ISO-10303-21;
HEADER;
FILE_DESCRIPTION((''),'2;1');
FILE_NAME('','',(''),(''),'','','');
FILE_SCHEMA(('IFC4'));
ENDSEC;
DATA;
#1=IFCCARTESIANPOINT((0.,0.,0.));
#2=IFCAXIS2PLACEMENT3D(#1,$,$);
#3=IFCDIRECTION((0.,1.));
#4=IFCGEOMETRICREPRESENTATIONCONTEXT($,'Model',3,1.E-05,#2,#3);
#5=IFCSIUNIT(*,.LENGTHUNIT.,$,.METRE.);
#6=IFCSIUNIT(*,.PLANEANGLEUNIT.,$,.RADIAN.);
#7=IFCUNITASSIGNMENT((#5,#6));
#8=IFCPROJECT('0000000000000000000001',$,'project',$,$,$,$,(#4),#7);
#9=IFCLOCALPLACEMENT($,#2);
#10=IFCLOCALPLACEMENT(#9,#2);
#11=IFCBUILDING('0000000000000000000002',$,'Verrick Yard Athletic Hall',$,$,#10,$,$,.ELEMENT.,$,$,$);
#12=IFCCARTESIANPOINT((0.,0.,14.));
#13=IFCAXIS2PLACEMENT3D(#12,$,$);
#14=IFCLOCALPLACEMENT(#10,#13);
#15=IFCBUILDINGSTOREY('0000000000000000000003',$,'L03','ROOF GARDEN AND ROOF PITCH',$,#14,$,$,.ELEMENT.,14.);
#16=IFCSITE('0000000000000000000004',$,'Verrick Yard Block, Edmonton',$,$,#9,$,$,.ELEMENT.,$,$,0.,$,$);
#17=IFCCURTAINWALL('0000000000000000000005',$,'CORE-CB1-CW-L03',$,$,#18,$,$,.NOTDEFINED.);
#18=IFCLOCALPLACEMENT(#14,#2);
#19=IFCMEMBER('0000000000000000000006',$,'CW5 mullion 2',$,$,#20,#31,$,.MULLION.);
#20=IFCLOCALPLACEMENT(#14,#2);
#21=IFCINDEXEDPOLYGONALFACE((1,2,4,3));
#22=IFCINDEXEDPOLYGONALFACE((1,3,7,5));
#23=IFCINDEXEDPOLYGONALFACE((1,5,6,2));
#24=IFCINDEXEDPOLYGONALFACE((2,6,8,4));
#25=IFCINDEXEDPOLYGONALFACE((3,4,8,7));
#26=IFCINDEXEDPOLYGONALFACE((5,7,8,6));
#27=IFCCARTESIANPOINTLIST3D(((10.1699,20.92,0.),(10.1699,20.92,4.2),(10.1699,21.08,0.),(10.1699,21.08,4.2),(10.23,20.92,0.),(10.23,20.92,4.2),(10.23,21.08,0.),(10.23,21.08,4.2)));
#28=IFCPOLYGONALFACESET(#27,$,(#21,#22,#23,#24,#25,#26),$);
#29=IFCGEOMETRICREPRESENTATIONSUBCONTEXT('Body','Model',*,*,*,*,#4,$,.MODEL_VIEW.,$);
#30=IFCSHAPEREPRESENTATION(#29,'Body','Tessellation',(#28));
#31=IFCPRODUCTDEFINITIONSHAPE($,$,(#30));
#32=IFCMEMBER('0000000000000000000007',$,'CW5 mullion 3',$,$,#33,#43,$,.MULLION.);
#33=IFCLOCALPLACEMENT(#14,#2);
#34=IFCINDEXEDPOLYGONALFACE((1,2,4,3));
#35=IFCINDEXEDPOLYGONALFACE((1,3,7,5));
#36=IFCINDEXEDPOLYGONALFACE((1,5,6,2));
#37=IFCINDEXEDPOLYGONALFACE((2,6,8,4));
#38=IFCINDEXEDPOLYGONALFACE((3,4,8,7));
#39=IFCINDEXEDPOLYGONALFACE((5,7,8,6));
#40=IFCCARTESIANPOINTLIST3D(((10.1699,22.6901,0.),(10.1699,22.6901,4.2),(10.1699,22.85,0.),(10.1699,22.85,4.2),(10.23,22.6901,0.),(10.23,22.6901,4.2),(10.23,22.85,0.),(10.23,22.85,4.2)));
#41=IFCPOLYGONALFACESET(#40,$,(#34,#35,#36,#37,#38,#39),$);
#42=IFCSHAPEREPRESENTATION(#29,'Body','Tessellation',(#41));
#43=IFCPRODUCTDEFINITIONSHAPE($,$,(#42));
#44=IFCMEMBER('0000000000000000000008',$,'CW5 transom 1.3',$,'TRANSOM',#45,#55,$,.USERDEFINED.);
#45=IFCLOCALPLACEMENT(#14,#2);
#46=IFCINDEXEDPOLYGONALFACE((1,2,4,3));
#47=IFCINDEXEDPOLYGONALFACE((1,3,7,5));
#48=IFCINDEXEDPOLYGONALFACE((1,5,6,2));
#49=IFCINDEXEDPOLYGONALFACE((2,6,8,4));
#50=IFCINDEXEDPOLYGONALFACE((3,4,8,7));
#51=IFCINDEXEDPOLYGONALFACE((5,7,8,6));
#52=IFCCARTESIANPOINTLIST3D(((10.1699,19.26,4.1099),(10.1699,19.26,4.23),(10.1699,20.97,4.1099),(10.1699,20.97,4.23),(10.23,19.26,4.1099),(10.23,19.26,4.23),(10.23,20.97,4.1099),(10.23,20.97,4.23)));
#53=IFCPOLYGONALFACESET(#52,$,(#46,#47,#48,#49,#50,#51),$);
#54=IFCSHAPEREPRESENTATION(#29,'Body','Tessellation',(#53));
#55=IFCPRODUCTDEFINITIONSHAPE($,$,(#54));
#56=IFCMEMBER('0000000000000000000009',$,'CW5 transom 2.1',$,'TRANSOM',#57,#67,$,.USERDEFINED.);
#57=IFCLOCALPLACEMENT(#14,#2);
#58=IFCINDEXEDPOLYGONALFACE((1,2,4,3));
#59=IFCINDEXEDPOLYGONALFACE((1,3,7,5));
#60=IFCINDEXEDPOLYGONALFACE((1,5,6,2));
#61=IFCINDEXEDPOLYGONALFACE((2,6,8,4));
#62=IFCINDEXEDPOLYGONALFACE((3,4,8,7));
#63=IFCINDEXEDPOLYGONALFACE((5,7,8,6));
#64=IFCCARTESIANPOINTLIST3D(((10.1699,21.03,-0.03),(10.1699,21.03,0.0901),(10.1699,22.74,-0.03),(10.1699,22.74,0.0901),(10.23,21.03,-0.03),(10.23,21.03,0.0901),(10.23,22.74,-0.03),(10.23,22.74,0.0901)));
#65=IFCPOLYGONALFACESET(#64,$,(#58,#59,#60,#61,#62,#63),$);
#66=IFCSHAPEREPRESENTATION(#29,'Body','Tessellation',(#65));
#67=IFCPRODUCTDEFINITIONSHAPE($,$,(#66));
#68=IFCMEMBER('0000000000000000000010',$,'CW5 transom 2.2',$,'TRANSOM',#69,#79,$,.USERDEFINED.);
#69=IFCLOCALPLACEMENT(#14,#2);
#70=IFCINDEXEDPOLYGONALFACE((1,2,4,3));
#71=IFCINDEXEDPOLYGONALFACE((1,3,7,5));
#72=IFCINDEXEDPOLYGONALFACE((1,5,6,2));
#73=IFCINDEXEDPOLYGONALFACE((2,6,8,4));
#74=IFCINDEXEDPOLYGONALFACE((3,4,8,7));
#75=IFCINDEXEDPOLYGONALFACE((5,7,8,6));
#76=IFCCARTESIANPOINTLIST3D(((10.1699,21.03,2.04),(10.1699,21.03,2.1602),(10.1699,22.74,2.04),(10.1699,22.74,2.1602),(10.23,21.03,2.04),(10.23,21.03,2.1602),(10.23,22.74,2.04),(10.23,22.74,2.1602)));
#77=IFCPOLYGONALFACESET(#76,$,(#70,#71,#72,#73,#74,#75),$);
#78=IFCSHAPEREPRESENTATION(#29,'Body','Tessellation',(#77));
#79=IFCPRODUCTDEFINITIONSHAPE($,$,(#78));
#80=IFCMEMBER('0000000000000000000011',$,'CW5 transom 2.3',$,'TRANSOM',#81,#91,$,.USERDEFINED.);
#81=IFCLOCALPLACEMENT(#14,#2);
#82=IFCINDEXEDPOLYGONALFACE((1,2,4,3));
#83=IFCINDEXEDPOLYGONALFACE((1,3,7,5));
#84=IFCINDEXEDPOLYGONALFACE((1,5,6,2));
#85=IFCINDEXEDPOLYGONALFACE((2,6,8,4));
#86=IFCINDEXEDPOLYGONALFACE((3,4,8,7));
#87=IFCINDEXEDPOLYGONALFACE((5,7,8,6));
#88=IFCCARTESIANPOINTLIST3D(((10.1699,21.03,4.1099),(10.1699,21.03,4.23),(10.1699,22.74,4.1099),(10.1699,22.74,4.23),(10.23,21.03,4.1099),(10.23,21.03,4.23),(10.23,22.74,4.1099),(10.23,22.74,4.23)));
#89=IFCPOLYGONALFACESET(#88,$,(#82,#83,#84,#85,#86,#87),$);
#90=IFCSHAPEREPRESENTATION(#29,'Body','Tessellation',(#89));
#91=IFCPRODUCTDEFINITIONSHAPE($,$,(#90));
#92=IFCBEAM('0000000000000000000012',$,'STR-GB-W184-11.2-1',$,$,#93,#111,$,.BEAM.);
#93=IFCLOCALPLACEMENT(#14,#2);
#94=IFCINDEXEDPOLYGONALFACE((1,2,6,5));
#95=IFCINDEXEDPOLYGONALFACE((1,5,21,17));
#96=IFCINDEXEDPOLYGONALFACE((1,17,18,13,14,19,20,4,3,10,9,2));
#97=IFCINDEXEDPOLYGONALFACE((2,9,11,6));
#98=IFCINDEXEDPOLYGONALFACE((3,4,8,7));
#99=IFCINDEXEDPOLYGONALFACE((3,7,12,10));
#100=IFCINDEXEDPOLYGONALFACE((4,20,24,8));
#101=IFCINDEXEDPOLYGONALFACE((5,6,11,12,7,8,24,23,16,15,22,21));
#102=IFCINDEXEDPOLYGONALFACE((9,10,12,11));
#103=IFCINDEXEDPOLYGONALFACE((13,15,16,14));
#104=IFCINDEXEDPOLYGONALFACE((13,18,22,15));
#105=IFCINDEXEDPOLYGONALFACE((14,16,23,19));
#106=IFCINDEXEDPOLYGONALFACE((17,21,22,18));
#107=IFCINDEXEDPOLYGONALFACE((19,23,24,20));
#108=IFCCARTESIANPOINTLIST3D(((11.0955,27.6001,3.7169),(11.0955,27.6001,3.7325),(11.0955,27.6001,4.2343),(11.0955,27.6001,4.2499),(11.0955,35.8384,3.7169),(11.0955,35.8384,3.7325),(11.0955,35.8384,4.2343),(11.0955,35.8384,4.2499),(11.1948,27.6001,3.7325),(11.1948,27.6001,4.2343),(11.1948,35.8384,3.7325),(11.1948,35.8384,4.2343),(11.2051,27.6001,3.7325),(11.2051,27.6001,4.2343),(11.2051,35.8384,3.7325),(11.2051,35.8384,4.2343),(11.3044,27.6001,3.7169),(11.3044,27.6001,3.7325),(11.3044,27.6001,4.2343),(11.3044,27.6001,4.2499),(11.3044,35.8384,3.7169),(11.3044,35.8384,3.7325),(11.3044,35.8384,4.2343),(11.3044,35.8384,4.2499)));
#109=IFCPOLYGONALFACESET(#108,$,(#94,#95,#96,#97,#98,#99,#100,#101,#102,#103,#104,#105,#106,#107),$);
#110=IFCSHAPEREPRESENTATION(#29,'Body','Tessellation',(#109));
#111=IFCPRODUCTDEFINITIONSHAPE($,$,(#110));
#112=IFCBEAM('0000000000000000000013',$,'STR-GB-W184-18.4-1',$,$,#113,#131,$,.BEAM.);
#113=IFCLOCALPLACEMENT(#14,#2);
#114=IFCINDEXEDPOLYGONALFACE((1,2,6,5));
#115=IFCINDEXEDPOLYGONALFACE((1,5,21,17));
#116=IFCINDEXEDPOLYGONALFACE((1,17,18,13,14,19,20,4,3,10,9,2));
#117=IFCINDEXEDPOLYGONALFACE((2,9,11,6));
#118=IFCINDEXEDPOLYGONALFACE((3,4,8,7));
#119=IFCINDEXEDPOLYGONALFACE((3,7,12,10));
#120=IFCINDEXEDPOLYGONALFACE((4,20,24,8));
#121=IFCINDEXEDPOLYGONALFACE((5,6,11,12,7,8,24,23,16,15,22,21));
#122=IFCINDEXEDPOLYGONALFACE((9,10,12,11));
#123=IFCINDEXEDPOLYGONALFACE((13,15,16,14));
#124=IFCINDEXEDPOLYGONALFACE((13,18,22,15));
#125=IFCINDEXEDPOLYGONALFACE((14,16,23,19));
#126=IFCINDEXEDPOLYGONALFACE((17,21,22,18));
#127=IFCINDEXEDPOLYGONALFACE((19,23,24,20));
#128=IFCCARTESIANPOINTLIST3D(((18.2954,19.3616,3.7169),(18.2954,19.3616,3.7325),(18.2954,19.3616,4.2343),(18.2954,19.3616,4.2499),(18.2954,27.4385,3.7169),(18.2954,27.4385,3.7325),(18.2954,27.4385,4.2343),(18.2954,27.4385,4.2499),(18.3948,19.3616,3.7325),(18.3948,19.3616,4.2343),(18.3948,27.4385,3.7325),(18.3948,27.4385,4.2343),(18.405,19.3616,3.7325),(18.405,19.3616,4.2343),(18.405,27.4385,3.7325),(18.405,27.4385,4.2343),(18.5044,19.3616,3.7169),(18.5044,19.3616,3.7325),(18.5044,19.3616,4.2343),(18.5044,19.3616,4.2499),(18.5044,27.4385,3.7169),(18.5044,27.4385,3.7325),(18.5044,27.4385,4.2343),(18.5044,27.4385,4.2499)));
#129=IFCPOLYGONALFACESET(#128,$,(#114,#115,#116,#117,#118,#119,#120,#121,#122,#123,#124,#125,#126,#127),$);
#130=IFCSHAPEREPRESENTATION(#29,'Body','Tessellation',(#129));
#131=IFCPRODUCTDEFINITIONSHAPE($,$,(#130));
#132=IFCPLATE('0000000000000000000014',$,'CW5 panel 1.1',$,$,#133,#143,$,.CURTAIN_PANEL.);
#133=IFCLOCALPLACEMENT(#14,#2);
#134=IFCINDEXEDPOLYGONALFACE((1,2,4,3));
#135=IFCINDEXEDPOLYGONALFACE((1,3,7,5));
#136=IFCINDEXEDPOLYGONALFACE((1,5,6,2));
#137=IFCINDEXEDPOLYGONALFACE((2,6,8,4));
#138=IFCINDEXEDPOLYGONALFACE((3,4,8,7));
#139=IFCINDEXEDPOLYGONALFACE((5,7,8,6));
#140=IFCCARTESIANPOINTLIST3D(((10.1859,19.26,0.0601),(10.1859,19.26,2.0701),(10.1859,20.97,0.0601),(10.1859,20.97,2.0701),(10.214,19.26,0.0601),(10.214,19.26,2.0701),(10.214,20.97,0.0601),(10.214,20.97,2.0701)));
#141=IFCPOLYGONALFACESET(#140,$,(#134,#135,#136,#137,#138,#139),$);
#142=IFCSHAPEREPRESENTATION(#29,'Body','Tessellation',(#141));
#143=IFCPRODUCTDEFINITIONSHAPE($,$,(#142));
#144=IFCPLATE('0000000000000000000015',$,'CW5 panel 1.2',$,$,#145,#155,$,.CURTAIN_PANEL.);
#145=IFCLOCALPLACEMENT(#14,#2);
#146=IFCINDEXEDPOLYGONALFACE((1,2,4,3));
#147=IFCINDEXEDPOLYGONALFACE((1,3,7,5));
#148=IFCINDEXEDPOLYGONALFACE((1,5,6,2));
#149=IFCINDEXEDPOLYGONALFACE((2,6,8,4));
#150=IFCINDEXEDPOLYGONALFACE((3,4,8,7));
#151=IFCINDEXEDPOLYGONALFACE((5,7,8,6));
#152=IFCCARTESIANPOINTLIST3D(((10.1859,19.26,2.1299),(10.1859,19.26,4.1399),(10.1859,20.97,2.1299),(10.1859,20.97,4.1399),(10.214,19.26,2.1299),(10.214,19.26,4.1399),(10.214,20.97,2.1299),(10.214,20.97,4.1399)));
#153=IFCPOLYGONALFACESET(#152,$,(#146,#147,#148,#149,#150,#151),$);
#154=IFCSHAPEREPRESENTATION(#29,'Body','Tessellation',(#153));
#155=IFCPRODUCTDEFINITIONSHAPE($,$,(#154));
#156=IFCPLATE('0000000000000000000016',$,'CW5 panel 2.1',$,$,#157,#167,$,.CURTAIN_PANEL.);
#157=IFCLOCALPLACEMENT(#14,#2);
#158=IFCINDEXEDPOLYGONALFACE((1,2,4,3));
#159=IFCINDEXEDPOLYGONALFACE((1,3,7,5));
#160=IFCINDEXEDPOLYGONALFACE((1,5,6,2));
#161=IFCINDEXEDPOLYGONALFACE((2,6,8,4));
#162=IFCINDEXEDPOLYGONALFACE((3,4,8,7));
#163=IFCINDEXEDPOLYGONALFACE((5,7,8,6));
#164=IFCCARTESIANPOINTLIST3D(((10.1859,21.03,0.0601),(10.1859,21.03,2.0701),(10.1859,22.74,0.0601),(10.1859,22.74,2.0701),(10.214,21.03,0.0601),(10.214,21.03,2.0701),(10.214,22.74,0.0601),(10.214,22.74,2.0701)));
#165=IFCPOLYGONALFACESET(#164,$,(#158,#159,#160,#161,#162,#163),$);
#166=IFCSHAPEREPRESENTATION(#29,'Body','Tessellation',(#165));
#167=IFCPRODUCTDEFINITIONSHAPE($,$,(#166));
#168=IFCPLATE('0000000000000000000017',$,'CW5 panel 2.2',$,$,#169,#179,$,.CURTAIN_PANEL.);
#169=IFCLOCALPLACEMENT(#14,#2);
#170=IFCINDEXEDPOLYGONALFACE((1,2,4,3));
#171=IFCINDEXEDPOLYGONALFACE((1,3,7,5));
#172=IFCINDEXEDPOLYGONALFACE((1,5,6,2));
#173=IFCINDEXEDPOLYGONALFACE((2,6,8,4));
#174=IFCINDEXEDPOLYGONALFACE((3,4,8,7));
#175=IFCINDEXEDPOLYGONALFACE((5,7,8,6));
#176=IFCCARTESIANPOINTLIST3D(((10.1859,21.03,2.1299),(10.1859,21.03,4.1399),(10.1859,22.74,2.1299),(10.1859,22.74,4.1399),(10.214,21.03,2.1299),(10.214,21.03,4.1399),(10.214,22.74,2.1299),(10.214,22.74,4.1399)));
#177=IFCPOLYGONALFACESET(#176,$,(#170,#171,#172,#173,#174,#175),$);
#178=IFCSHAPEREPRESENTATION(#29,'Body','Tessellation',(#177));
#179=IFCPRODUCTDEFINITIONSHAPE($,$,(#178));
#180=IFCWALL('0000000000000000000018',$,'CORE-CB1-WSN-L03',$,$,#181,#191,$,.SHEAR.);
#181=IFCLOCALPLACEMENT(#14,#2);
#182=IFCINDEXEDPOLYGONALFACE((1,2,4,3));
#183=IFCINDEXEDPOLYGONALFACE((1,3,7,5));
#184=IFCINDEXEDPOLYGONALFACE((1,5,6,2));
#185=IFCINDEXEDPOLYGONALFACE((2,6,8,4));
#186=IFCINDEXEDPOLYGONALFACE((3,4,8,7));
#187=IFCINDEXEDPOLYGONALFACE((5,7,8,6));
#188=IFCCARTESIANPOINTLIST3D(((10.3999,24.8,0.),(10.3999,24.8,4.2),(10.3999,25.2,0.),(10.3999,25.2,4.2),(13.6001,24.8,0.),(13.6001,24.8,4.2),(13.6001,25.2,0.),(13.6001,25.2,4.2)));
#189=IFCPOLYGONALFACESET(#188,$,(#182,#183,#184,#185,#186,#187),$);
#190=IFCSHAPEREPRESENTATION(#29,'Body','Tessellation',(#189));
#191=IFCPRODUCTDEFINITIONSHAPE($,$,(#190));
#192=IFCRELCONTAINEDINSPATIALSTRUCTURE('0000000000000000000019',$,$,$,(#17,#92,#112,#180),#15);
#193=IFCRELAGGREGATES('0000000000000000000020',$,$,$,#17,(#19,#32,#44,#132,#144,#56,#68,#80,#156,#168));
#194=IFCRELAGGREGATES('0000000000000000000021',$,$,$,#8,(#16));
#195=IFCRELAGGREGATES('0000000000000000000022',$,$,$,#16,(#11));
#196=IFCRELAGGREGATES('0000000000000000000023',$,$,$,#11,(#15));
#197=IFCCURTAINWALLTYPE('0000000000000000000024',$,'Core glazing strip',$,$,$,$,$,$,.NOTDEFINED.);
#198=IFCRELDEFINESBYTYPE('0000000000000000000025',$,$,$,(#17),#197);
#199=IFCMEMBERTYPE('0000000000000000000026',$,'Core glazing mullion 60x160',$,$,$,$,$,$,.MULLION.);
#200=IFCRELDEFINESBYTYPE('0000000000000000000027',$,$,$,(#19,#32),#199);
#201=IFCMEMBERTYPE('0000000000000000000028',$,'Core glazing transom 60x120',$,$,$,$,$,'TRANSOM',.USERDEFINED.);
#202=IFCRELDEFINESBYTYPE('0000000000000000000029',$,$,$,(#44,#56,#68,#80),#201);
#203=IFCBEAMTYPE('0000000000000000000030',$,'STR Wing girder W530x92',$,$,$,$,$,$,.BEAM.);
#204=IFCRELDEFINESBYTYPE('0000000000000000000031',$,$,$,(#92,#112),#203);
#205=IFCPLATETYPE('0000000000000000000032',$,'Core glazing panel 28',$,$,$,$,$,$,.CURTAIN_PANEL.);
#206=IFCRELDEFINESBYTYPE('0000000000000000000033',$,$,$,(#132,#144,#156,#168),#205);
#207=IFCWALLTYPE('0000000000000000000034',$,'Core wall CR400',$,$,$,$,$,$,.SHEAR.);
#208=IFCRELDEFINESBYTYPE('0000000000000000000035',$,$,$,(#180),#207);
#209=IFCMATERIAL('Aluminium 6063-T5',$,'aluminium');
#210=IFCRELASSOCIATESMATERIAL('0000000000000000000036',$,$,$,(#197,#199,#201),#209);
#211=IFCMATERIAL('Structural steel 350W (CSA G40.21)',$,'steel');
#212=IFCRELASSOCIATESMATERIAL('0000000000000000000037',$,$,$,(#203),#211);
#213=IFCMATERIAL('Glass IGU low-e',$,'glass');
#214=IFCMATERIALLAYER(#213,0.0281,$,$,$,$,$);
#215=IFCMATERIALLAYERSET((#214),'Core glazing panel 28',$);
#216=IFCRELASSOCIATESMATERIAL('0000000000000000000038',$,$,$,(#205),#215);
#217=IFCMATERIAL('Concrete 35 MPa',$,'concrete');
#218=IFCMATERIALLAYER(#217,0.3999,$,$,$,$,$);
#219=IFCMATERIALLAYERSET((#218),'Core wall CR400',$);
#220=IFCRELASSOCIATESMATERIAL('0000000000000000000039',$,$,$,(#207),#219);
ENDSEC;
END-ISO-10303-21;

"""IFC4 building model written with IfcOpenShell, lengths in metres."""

from ifc_helpers import new_model, si_unit, direction, frame, frame_2d, origin, origin_2d, place, context, subcontext, project, spatial, rectangle, i_section, extrude, material, layer, layer_set, material_profile, profile_set, type_object, element, aggregate, save


model = new_model("IFC4")

# Units and contexts
model_context = context("Model", 3, precision=1e-05, world=origin(), true_north=direction((0.0, 1.0)))
body_context = subcontext(model_context, "Body", "Model", "MODEL_VIEW")
ifc_project = project(units=[si_unit("LENGTHUNIT", "METRE"), si_unit("PLANEANGLEUNIT", "RADIAN")], contexts=[model_context])

# Site, building, storey
site_placement = place(None, origin())
site = spatial("IfcSite", under=ifc_project, at=site_placement, Name="Verrick Yard Block, Edmonton", CompositionType="ELEMENT", RefElevation=0.0)
building_placement = place(site_placement, origin())
building = spatial("IfcBuilding", under=site, at=building_placement, Name="Verrick Yard Athletic Hall", CompositionType="ELEMENT")
storey_placement = place(building_placement, frame((0.0, 0.0, 14.0)))
storey = spatial("IfcBuildingStorey", under=building, at=storey_placement, Name="L03", Description="ROOF GARDEN AND ROOF PITCH", CompositionType="ELEMENT", Elevation=14.0)

# Curtain wall, members
ifc_material_1 = material(Name="Aluminium 6063-T5", Category="aluminium")
curtain_wall_type = type_object("IfcCurtainWallType", Name="Core glazing strip", PredefinedType="NOTDEFINED", material=ifc_material_1)
curtain_wall_placement = place(storey_placement, origin())
curtain_wall = element("IfcCurtainWall", 1, at=curtain_wall_placement, inside=storey, type_object=curtain_wall_type, Name="CORE-CB1-CW-L03", PredefinedType="NOTDEFINED")
ifc_material_profile_1 = material_profile(ifc_material_1, rectangle(XDim=0.0601, YDim=0.1599, at=origin_2d()), Name="Core glazing mullion 60x160")
ifc_profile_set_1 = profile_set([ifc_material_profile_1], Name="Aluminium 6063-T5")
member_type_1 = type_object("IfcMemberType", Name="Core glazing mullion 60x160", PredefinedType="MULLION", material=ifc_profile_set_1)
member_1_placement = place(storey_placement, frame((10.2, 21.0, 0.0), z_axis=(0.0, 0.0, 1.0), x_axis=(-1.0, 0.0, 0.0)))
member_1 = element("IfcMember", 2, at=member_1_placement, type_object=member_type_1, Name="CW5 mullion 2", PredefinedType="MULLION", context=body_context, shape_type="SweptSolid", body=[
    extrude(rectangle(XDim=0.0601, YDim=0.1599, at=origin_2d()), origin(), (0.0, 0.0, 1.0), 4.2),
])
member_2_placement = place(storey_placement, frame((10.2, 22.77, 0.0), z_axis=(0.0, 0.0, 1.0), x_axis=(-1.0, 0.0, 0.0)))
member_2 = element("IfcMember", 3, at=member_2_placement, type_object=member_type_1, Name="CW5 mullion 3", PredefinedType="MULLION", context=body_context, shape_type="SweptSolid", body=[
    extrude(rectangle(XDim=0.0601, YDim=0.1599, at=origin_2d()), origin(), (0.0, 0.0, 1.0), 4.2),
])
ifc_material_profile_2 = material_profile(ifc_material_1, rectangle(XDim=0.0601, YDim=0.1201, at=origin_2d()), Name="Core glazing transom 60x120")
ifc_profile_set_2 = profile_set([ifc_material_profile_2], Name="Aluminium 6063-T5")
member_type_2 = type_object("IfcMemberType", Name="Core glazing transom 60x120", ElementType="TRANSOM", PredefinedType="USERDEFINED", material=ifc_profile_set_2)
member_3_placement = place(storey_placement, frame((10.2, 19.26, 4.1699), z_axis=(0.0, 1.0, 0.0), x_axis=(-1.0, 0.0, 0.0)))
member_3 = element("IfcMember", 4, at=member_3_placement, type_object=member_type_2, Name="CW5 transom 1.3", ObjectType="TRANSOM", PredefinedType="USERDEFINED", context=body_context, shape_type="SweptSolid", body=[
    extrude(rectangle(XDim=0.0601, YDim=0.1201, at=origin_2d()), origin(), (0.0, 0.0, 1.0), 1.71),
])
member_4_placement = place(storey_placement, frame((10.2, 21.03, 0.03), z_axis=(0.0, 1.0, 0.0), x_axis=(-1.0, 0.0, 0.0)))
member_4 = element("IfcMember", 5, at=member_4_placement, type_object=member_type_2, Name="CW5 transom 2.1", ObjectType="TRANSOM", PredefinedType="USERDEFINED", context=body_context, shape_type="SweptSolid", body=[
    extrude(rectangle(XDim=0.0601, YDim=0.1201, at=origin_2d()), origin(), (0.0, 0.0, 1.0), 1.71),
])
member_5_placement = place(storey_placement, frame((10.2, 21.03, 2.1001), z_axis=(0.0, 1.0, 0.0), x_axis=(-1.0, 0.0, 0.0)))
member_5 = element("IfcMember", 6, at=member_5_placement, type_object=member_type_2, Name="CW5 transom 2.2", ObjectType="TRANSOM", PredefinedType="USERDEFINED", context=body_context, shape_type="SweptSolid", body=[
    extrude(rectangle(XDim=0.0601, YDim=0.1201, at=origin_2d()), origin(), (0.0, 0.0, 1.0), 1.71),
])
member_6_placement = place(storey_placement, frame((10.2, 21.03, 4.1699), z_axis=(0.0, 1.0, 0.0), x_axis=(-1.0, 0.0, 0.0)))
member_6 = element("IfcMember", 7, at=member_6_placement, type_object=member_type_2, Name="CW5 transom 2.3", ObjectType="TRANSOM", PredefinedType="USERDEFINED", context=body_context, shape_type="SweptSolid", body=[
    extrude(rectangle(XDim=0.0601, YDim=0.1201, at=origin_2d()), origin(), (0.0, 0.0, 1.0), 1.71),
])

# Beams
ifc_material_2 = material(Name="Structural steel 350W (CSA G40.21)", Category="steel")
ifc_material_profile_3 = material_profile(ifc_material_2, i_section(OverallWidth=0.209, OverallDepth=0.533, WebThickness=0.0103, FlangeThickness=0.0156, at=origin_2d()), Name="W530x92")
ifc_profile_set_3 = profile_set([ifc_material_profile_3], Name="Structural steel 350W (CSA G40.21)")
beam_type = type_object("IfcBeamType", Name="STR Wing girder W530x92", PredefinedType="BEAM", material=ifc_profile_set_3)
beam_1_placement = place(storey_placement, frame((11.2, 27.6001, 3.9834), z_axis=(0.0, 1.0, 0.0), x_axis=(-1.0, 0.0, 0.0)))
element("IfcBeam", 8, at=beam_1_placement, inside=storey, type_object=beam_type, Name="STR-GB-W184-11.2-1", PredefinedType="BEAM", context=body_context, shape_type="SweptSolid", body=[
    extrude(i_section(OverallWidth=0.209, OverallDepth=0.533, WebThickness=0.0103, FlangeThickness=0.0156, at=origin_2d()), origin(), (0.0, 0.0, 1.0), 8.2383),
])
beam_2_placement = place(storey_placement, frame((18.3999, 19.3616, 3.9834), z_axis=(0.0, 1.0, 0.0), x_axis=(-1.0, 0.0, 0.0)))
element("IfcBeam", 9, at=beam_2_placement, inside=storey, type_object=beam_type, Name="STR-GB-W184-18.4-1", PredefinedType="BEAM", context=body_context, shape_type="SweptSolid", body=[
    extrude(i_section(OverallWidth=0.209, OverallDepth=0.533, WebThickness=0.0103, FlangeThickness=0.0156, at=origin_2d()), origin(), (0.0, 0.0, 1.0), 8.0769),
])

# Plates
ifc_material_3 = material(Name="Glass IGU low-e", Category="glass")
ifc_layer_1 = layer(ifc_material_3, 0.0281)
ifc_layer_set_1 = layer_set([ifc_layer_1], Name="Core glazing panel 28")
plate_type = type_object("IfcPlateType", Name="Core glazing panel 28", PredefinedType="CURTAIN_PANEL", material=ifc_layer_set_1)
plate_1_placement = place(storey_placement, frame((10.2, 20.115, 0.0601), z_axis=(0.0, 0.0, 1.0), x_axis=(0.0, 1.0, 0.0)))
plate_1 = element("IfcPlate", 10, at=plate_1_placement, type_object=plate_type, Name="CW5 panel 1.1", PredefinedType="CURTAIN_PANEL", context=body_context, shape_type="SweptSolid", body=[
    extrude(rectangle(XDim=1.71, YDim=0.0281, at=origin_2d()), origin(), (0.0, 0.0, 1.0), 2.01),
])
plate_2_placement = place(storey_placement, frame((10.2, 20.115, 2.1299), z_axis=(0.0, 0.0, 1.0), x_axis=(0.0, 1.0, 0.0)))
plate_2 = element("IfcPlate", 11, at=plate_2_placement, type_object=plate_type, Name="CW5 panel 1.2", PredefinedType="CURTAIN_PANEL", context=body_context, shape_type="SweptSolid", body=[
    extrude(rectangle(XDim=1.71, YDim=0.0281, at=origin_2d()), origin(), (0.0, 0.0, 1.0), 2.01),
])
plate_3_placement = place(storey_placement, frame((10.2, 21.885, 0.0601), z_axis=(0.0, 0.0, 1.0), x_axis=(0.0, 1.0, 0.0)))
plate_3 = element("IfcPlate", 12, at=plate_3_placement, type_object=plate_type, Name="CW5 panel 2.1", PredefinedType="CURTAIN_PANEL", context=body_context, shape_type="SweptSolid", body=[
    extrude(rectangle(XDim=1.71, YDim=0.0281, at=origin_2d()), origin(), (0.0, 0.0, 1.0), 2.01),
])
plate_4_placement = place(storey_placement, frame((10.2, 21.885, 2.1299), z_axis=(0.0, 0.0, 1.0), x_axis=(0.0, 1.0, 0.0)))
plate_4 = element("IfcPlate", 13, at=plate_4_placement, type_object=plate_type, Name="CW5 panel 2.2", PredefinedType="CURTAIN_PANEL", context=body_context, shape_type="SweptSolid", body=[
    extrude(rectangle(XDim=1.71, YDim=0.0281, at=origin_2d()), origin(), (0.0, 0.0, 1.0), 2.01),
])
aggregate(curtain_wall, [member_1, member_2, member_3, plate_1, plate_2, member_4, member_5, member_6, plate_3, plate_4])

# Wall
ifc_material_4 = material(Name="Concrete 35 MPa", Category="concrete")
ifc_layer_2 = layer(ifc_material_4, 0.3999)
ifc_layer_set_2 = layer_set([ifc_layer_2], Name="Core wall CR400")
wall_type_1 = type_object("IfcWallType", Name="Core wall CR400", PredefinedType="SHEAR", material=ifc_layer_set_2)
wall_1_placement = place(storey_placement, frame((10.3999, 25.0, 0.0), z_axis=(0.0, 0.0, 1.0), x_axis=(1.0, 0.0, 0.0)))
element("IfcWall", 14, at=wall_1_placement, inside=storey, type_object=wall_type_1, Name="CORE-CB1-WSN-L03", PredefinedType="SHEAR", context=body_context, shape_type="SweptSolid", body=[
    extrude(rectangle(XDim=3.2002, YDim=0.3999, at=frame_2d((1.6001, 0.0))), origin(), (0.0, 0.0, 1.0), 4.2),
])

save(model, "model.ifc")
